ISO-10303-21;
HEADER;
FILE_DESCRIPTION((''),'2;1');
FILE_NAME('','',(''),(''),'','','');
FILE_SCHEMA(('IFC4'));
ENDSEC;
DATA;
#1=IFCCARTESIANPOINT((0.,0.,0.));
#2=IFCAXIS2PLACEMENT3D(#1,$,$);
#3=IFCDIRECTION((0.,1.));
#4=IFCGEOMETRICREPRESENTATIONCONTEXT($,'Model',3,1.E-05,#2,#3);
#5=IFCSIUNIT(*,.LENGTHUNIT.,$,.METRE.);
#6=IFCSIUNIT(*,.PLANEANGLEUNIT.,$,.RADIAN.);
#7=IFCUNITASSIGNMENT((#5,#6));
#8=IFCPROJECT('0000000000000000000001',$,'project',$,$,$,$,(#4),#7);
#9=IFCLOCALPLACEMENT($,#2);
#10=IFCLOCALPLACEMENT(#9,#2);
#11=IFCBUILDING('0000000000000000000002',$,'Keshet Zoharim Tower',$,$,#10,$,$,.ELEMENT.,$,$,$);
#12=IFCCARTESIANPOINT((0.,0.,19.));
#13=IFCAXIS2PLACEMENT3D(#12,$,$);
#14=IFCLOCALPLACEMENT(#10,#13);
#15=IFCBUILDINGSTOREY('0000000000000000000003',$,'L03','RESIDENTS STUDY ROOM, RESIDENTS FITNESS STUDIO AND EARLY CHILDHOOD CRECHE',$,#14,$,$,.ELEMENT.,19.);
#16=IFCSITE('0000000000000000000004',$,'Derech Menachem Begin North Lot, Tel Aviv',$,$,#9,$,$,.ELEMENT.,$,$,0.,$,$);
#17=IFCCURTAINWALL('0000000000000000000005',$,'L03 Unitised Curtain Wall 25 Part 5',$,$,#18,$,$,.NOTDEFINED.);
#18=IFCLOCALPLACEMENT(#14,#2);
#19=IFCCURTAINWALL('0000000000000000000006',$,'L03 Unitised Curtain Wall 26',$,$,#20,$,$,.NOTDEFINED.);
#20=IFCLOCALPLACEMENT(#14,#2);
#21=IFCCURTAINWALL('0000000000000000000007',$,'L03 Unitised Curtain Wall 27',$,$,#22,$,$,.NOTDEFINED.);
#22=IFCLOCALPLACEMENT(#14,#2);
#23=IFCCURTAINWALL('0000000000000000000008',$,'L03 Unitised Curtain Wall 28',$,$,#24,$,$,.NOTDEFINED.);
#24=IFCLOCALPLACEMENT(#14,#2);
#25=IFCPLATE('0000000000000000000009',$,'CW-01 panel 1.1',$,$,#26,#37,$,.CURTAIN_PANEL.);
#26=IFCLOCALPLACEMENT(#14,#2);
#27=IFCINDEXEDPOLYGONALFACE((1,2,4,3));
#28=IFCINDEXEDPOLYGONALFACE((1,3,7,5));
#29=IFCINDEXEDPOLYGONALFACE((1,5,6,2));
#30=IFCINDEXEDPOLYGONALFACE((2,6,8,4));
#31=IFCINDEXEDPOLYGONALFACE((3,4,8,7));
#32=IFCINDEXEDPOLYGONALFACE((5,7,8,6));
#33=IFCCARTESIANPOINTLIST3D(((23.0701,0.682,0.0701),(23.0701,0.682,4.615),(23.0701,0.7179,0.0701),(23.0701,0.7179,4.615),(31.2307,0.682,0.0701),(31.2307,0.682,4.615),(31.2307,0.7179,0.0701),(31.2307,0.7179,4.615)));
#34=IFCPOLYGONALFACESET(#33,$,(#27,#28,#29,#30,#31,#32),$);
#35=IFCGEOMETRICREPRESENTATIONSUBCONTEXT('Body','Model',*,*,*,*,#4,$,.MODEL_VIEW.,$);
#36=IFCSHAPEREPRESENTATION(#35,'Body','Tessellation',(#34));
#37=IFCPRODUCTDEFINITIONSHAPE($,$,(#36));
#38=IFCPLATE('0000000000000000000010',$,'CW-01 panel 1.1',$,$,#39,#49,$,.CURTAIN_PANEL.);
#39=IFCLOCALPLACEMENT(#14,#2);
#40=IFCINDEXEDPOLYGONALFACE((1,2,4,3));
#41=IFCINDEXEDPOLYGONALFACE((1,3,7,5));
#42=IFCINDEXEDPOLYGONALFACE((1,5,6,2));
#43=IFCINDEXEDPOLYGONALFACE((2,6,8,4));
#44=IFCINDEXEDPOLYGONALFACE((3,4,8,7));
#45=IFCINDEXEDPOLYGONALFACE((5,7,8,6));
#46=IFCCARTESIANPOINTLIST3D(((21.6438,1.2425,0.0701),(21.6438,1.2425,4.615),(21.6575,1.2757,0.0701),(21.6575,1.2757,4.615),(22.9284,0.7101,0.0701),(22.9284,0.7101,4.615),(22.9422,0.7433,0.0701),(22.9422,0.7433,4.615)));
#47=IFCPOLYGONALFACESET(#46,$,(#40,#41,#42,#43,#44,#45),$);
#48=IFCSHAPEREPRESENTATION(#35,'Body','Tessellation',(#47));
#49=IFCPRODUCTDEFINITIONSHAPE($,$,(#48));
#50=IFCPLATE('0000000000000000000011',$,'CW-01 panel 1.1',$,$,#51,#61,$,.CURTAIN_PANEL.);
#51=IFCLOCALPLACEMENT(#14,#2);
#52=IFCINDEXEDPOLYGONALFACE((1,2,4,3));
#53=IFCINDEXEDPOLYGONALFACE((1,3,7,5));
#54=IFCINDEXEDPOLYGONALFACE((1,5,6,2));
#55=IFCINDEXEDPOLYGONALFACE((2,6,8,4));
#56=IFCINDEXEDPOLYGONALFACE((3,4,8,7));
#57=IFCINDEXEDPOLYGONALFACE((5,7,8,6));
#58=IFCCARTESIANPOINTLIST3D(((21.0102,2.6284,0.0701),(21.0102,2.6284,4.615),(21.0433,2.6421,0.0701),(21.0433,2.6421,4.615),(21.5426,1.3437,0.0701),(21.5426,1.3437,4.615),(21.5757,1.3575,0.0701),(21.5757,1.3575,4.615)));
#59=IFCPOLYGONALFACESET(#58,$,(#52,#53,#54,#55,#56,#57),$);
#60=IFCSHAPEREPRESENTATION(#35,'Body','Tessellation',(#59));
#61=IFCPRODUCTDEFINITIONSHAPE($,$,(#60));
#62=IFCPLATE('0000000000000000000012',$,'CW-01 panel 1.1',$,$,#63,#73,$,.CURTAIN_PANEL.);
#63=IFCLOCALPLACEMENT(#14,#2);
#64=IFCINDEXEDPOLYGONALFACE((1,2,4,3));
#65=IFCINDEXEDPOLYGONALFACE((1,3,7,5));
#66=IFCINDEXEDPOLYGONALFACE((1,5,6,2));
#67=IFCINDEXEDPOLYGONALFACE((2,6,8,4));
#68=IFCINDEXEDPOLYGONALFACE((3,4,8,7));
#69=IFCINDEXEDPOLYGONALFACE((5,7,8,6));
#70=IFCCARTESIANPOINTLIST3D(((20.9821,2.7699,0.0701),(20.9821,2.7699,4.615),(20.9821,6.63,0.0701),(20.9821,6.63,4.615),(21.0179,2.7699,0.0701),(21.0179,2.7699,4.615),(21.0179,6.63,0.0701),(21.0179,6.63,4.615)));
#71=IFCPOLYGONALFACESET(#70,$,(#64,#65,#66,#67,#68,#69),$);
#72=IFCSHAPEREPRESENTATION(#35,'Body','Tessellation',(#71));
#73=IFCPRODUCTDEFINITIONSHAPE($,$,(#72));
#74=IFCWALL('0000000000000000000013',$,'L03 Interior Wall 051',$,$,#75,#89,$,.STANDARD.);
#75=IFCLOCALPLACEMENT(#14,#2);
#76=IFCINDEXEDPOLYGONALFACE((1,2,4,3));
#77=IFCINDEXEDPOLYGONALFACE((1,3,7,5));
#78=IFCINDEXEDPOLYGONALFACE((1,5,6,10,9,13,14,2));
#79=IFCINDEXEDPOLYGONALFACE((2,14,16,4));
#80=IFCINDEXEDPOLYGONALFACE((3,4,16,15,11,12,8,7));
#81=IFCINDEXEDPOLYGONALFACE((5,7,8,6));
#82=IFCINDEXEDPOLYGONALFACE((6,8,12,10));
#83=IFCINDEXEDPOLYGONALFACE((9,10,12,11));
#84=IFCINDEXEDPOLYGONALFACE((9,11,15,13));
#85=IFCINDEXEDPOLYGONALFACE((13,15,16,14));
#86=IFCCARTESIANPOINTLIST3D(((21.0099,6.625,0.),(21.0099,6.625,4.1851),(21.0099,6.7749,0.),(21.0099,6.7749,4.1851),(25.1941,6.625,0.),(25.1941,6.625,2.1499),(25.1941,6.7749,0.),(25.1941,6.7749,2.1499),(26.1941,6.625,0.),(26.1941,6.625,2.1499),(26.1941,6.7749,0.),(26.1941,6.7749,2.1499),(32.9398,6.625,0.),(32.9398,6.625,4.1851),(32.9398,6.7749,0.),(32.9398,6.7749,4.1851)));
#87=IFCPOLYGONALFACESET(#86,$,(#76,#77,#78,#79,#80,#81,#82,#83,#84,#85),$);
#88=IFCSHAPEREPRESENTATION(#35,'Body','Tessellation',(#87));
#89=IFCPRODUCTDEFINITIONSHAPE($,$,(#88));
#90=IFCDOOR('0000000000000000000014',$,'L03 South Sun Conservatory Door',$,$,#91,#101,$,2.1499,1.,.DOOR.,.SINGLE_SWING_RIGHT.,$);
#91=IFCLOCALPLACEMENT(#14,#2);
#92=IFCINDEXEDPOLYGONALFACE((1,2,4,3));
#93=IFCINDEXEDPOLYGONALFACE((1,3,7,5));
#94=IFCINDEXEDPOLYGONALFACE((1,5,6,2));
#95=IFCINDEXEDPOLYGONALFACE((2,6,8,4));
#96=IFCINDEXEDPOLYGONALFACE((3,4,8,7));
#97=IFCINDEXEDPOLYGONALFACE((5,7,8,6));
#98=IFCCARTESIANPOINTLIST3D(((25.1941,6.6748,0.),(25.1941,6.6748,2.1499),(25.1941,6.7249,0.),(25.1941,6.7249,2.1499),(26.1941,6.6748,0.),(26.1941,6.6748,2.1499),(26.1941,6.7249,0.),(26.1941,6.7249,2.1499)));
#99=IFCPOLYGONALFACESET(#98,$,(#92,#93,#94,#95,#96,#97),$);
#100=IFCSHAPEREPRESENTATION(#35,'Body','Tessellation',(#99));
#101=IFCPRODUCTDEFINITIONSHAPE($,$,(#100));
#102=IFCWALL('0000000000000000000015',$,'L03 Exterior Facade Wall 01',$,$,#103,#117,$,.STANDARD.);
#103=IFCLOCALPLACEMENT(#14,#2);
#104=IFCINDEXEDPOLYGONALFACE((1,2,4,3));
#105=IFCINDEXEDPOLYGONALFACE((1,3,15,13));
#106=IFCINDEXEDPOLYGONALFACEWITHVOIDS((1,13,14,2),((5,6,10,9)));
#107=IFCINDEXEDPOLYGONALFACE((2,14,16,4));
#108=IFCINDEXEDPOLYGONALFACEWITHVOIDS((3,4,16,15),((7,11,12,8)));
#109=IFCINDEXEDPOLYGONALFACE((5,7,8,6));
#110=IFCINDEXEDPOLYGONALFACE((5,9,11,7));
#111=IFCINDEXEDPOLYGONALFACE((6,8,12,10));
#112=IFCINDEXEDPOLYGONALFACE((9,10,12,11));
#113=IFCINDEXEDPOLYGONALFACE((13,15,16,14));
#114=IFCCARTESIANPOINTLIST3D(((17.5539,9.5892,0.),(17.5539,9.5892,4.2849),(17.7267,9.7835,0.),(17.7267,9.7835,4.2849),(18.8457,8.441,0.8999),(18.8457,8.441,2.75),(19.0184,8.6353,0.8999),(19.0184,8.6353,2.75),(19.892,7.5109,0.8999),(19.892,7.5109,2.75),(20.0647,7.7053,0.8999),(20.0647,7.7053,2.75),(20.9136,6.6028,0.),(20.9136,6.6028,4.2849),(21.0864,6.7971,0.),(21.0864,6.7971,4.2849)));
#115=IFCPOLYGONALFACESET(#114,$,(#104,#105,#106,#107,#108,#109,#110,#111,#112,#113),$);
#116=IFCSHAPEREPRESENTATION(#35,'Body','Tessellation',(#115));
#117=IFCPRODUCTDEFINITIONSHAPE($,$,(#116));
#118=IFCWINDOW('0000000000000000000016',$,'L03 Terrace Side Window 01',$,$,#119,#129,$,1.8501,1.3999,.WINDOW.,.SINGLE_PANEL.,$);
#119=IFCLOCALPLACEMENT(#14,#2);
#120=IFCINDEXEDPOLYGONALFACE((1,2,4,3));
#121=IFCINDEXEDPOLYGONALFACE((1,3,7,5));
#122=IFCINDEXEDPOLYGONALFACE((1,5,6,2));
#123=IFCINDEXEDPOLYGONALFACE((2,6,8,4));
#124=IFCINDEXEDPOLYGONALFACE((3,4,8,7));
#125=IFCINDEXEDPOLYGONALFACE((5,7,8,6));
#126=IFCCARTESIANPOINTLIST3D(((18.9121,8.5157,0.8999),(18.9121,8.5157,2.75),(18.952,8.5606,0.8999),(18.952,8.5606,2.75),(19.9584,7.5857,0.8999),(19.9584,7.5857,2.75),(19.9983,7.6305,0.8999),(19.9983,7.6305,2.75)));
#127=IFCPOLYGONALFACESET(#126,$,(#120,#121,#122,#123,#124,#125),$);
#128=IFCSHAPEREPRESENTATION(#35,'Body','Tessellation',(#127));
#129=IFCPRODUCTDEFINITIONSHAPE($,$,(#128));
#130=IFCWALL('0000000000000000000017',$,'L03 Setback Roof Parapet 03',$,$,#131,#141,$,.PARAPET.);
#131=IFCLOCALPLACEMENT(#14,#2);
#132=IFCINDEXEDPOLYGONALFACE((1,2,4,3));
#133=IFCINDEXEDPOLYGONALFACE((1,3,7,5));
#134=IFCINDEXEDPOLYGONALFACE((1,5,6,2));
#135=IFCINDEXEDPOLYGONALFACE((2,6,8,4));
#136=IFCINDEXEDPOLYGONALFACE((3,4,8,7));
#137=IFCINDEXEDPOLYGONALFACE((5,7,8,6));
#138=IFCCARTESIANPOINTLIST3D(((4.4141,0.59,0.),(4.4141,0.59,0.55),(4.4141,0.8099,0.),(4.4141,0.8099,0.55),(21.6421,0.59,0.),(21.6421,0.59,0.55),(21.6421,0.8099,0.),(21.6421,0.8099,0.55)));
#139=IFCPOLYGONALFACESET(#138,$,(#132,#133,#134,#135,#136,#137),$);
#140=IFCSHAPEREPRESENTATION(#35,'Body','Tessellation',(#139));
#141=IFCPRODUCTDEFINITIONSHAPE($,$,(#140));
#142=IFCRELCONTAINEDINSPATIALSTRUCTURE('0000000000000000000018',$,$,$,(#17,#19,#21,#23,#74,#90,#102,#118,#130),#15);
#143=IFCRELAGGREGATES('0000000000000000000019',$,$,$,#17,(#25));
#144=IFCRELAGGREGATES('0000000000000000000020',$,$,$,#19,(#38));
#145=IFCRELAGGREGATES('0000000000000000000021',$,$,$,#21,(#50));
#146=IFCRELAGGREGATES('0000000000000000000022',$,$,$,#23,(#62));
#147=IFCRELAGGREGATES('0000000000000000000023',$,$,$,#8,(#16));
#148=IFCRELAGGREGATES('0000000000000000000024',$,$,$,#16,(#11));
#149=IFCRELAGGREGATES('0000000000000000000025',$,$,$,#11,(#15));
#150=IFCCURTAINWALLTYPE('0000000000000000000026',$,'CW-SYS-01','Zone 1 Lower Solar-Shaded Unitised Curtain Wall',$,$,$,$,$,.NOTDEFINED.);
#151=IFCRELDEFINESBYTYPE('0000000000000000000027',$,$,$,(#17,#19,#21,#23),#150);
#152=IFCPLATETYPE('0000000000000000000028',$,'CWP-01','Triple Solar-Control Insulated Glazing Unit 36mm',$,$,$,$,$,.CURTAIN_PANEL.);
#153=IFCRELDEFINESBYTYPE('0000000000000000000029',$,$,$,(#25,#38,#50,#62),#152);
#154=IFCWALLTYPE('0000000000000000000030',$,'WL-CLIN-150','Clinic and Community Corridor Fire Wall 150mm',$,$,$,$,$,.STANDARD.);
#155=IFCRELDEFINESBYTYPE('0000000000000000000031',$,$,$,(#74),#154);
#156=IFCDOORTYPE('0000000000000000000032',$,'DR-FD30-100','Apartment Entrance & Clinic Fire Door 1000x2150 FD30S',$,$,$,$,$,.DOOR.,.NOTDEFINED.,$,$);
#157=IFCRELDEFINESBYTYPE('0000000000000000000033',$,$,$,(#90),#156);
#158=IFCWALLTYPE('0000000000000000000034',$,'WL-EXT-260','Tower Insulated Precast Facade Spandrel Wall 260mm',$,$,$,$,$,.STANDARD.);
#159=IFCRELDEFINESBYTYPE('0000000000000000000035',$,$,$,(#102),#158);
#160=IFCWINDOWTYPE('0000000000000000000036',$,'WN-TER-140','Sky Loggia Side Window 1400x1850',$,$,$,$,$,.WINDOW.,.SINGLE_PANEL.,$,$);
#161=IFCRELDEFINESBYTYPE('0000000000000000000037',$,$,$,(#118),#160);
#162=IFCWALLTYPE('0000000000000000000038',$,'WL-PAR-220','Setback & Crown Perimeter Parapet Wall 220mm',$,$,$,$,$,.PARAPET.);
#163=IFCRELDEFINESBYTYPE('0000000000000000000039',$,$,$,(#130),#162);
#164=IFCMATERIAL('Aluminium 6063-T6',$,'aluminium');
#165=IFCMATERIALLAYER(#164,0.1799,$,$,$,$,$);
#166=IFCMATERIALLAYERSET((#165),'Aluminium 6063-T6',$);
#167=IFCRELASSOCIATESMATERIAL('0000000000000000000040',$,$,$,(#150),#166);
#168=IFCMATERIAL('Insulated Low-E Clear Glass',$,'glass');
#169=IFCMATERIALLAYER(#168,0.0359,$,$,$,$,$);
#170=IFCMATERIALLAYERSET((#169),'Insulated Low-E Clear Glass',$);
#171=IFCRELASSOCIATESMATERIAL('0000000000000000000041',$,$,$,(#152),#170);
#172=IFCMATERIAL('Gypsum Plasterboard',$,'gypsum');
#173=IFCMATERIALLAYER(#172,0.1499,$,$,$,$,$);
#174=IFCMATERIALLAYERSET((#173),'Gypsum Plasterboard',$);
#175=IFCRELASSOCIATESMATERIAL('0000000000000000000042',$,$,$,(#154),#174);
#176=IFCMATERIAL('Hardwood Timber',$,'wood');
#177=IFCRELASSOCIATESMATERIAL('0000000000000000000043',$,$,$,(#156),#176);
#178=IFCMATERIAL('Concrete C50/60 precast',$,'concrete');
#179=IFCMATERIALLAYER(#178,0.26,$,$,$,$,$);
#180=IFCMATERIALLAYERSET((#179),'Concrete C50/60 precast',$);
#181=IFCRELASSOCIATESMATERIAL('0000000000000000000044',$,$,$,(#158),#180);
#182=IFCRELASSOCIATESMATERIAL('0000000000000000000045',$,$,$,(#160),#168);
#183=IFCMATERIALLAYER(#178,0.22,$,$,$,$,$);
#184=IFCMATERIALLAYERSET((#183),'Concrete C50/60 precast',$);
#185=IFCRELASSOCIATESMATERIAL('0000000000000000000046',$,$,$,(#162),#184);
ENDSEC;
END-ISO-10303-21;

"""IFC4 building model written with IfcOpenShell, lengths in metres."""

from ifc_helpers import new_model, si_unit, direction, frame, frame_2d, origin, origin_2d, place, context, subcontext, project, spatial, rectangle, extrude, material, layer, layer_set, type_object, element, fill, aggregate, save


model = new_model("IFC4")

# Units and contexts
model_context = context("Model", 3, precision=1e-05, world=origin(), true_north=direction((0.0, 1.0)))
body_context = subcontext(model_context, "Body", "Model", "MODEL_VIEW")
ifc_project = project(units=[si_unit("LENGTHUNIT", "METRE"), si_unit("PLANEANGLEUNIT", "RADIAN")], contexts=[model_context])

# Site, building, storey
site_placement = place(None, origin())
site = spatial("IfcSite", under=ifc_project, at=site_placement, Name="Derech Menachem Begin North Lot, Tel Aviv", CompositionType="ELEMENT", RefElevation=0.0)
building_placement = place(site_placement, origin())
building = spatial("IfcBuilding", under=site, at=building_placement, Name="Keshet Zoharim Tower", CompositionType="ELEMENT")
storey_placement = place(building_placement, frame((0.0, 0.0, 19.0)))
storey = spatial("IfcBuildingStorey", under=building, at=storey_placement, Name="L03", Description="RESIDENTS STUDY ROOM, RESIDENTS FITNESS STUDIO AND EARLY CHILDHOOD CRECHE", CompositionType="ELEMENT", Elevation=19.0)

# Curtain wall
ifc_material_1 = material(Name="Aluminium 6063-T6", Category="aluminium")
ifc_layer_1 = layer(ifc_material_1, 0.1799)
ifc_layer_set_1 = layer_set([ifc_layer_1], Name="Aluminium 6063-T6")
curtain_wall_type = type_object("IfcCurtainWallType", Name="CW-SYS-01", Description="Zone 1 Lower Solar-Shaded Unitised Curtain Wall", PredefinedType="NOTDEFINED", material=ifc_layer_set_1)
curtain_wall_1_placement = place(storey_placement, origin())
curtain_wall_1 = element("IfcCurtainWall", 1, at=curtain_wall_1_placement, inside=storey, type_object=curtain_wall_type, Name="L03 Unitised Curtain Wall 25 Part 5", PredefinedType="NOTDEFINED")

# Curtain walls
curtain_wall_2_placement = place(storey_placement, origin())
curtain_wall_2 = element("IfcCurtainWall", 2, at=curtain_wall_2_placement, inside=storey, type_object=curtain_wall_type, Name="L03 Unitised Curtain Wall 26", PredefinedType="NOTDEFINED")
curtain_wall_3_placement = place(storey_placement, origin())
curtain_wall_3 = element("IfcCurtainWall", 3, at=curtain_wall_3_placement, inside=storey, type_object=curtain_wall_type, Name="L03 Unitised Curtain Wall 27", PredefinedType="NOTDEFINED")
curtain_wall_4_placement = place(storey_placement, origin())
curtain_wall_4 = element("IfcCurtainWall", 4, at=curtain_wall_4_placement, inside=storey, type_object=curtain_wall_type, Name="L03 Unitised Curtain Wall 28", PredefinedType="NOTDEFINED")

# Plates
ifc_material_2 = material(Name="Insulated Low-E Clear Glass", Category="glass")
ifc_layer_2 = layer(ifc_material_2, 0.0359)
ifc_layer_set_2 = layer_set([ifc_layer_2], Name="Insulated Low-E Clear Glass")
plate_type = type_object("IfcPlateType", Name="CWP-01", Description="Triple Solar-Control Insulated Glazing Unit 36mm", PredefinedType="CURTAIN_PANEL", material=ifc_layer_set_2)
plate_1_placement = place(storey_placement, frame((27.1504, 0.7, 0.0701), z_axis=(0.0, 0.0, 1.0), x_axis=(-1.0, 0.0, 0.0)))
plate_1 = element("IfcPlate", 5, at=plate_1_placement, type_object=plate_type, Name="CW-01 panel 1.1", PredefinedType="CURTAIN_PANEL", context=body_context, shape_type="SweptSolid", body=[
    extrude(rectangle(XDim=8.1606, YDim=0.0359, at=origin_2d()), origin(), (0.0, 0.0, 1.0), 4.5449),
])
aggregate(curtain_wall_1, [plate_1])
plate_2_placement = place(storey_placement, frame((22.293, 0.9929, 0.0701), z_axis=(0.0, 0.0, 1.0), x_axis=(-0.92381, 0.382852, 0.0)))
plate_2 = element("IfcPlate", 6, at=plate_2_placement, type_object=plate_type, Name="CW-01 panel 1.1", PredefinedType="CURTAIN_PANEL", context=body_context, shape_type="SweptSolid", body=[
    extrude(rectangle(XDim=1.3906, YDim=0.0359, at=origin_2d()), origin(), (0.0, 0.0, 1.0), 4.5449),
])
aggregate(curtain_wall_2, [plate_2])
plate_3_placement = place(storey_placement, frame((21.293, 1.9929, 0.0701), z_axis=(0.0, 0.0, 1.0), x_axis=(-0.382852, 0.92381, 0.0)))
plate_3 = element("IfcPlate", 7, at=plate_3_placement, type_object=plate_type, Name="CW-01 panel 1.1", PredefinedType="CURTAIN_PANEL", context=body_context, shape_type="SweptSolid", body=[
    extrude(rectangle(XDim=1.3906, YDim=0.0359, at=origin_2d()), origin(), (0.0, 0.0, 1.0), 4.5449),
])
aggregate(curtain_wall_3, [plate_3])
plate_4_placement = place(storey_placement, frame((21.0, 4.7, 0.0701), z_axis=(0.0, 0.0, 1.0), x_axis=(0.0, 1.0, 0.0)))
plate_4 = element("IfcPlate", 8, at=plate_4_placement, type_object=plate_type, Name="CW-01 panel 1.1", PredefinedType="CURTAIN_PANEL", context=body_context, shape_type="SweptSolid", body=[
    extrude(rectangle(XDim=3.8601, YDim=0.0359, at=origin_2d()), origin(), (0.0, 0.0, 1.0), 4.5449),
])
aggregate(curtain_wall_4, [plate_4])

# Wall, opening, door
ifc_material_3 = material(Name="Gypsum Plasterboard", Category="gypsum")
ifc_layer_3 = layer(ifc_material_3, 0.1499)
ifc_layer_set_3 = layer_set([ifc_layer_3], Name="Gypsum Plasterboard")
wall_type_1 = type_object("IfcWallType", Name="WL-CLIN-150", Description="Clinic and Community Corridor Fire Wall 150mm", PredefinedType="STANDARD", material=ifc_layer_set_3)
wall_1_placement = place(storey_placement, frame((21.01, 6.7, 0.0), z_axis=(0.0, 0.0, 1.0), x_axis=(1.0, 0.0, 0.0)))
wall_1 = element("IfcWall", 9, at=wall_1_placement, inside=storey, type_object=wall_type_1, Name="L03 Interior Wall 051", PredefinedType="STANDARD", context=body_context, shape_type="SweptSolid", body=[
    extrude(rectangle(XDim=11.9299, YDim=0.1499, at=frame_2d((5.9648, 0.0))), origin(), (0.0, 0.0, 1.0), 4.1851),
])
opening_1_placement = place(wall_1_placement, frame((4.1841, 0.0, 0.0)))
opening_1 = element("IfcOpeningElement", 10, at=opening_1_placement, cuts=wall_1, PredefinedType="OPENING", context=body_context, shape_type="SweptSolid", body=[
    extrude(rectangle(XDim=1.0, YDim=2.1499, at=frame_2d((0.5, 1.075))), frame((0.0, 0.085, 0.0), z_axis=(0.0, -1.0, 0.0), x_axis=(1.0, 0.0, 0.0)), (0.0, 0.0, 1.0), 0.1699),
])
ifc_material_4 = material(Name="Hardwood Timber", Category="wood")
door_type = type_object("IfcDoorType", Name="DR-FD30-100", Description="Apartment Entrance & Clinic Fire Door 1000x2150 FD30S", OperationType="NOTDEFINED", PredefinedType="DOOR", material=ifc_material_4)
door_placement = place(opening_1_placement, origin())
door = element("IfcDoor", 11, at=door_placement, inside=storey, type_object=door_type, Name="L03 South Sun Conservatory Door", OperationType="SINGLE_SWING_RIGHT", OverallHeight=2.1499, OverallWidth=1.0, PredefinedType="DOOR", context=body_context, shape_type="SweptSolid", body=[
    extrude(rectangle(XDim=1.0, YDim=2.1499, at=frame_2d((0.5, 1.075))), frame((0.0, 0.0249, 0.0), z_axis=(0.0, -1.0, 0.0), x_axis=(1.0, 0.0, 0.0)), (0.0, 0.0, 1.0), 0.05),
])
fill(opening_1, door)

# Wall, opening, window
ifc_material_5 = material(Name="Concrete C50/60 precast", Category="concrete")
ifc_layer_4 = layer(ifc_material_5, 0.26)
ifc_layer_set_4 = layer_set([ifc_layer_4], Name="Concrete C50/60 precast")
wall_type_2 = type_object("IfcWallType", Name="WL-EXT-260", Description="Tower Insulated Precast Facade Spandrel Wall 260mm", PredefinedType="STANDARD", material=ifc_layer_set_4)
wall_2_placement = place(storey_placement, frame((21.0, 6.7, 0.0), z_axis=(0.0, 0.0, 1.0), x_axis=(-0.747409, 0.664364, 0.0)))
wall_2 = element("IfcWall", 12, at=wall_2_placement, inside=storey, type_object=wall_type_2, Name="L03 Exterior Facade Wall 01", PredefinedType="STANDARD", context=body_context, shape_type="SweptSolid", body=[
    extrude(rectangle(XDim=4.4951, YDim=0.26, at=frame_2d((2.2476, 0.0))), origin(), (0.0, 0.0, 1.0), 4.2849),
])
opening_2_placement = place(wall_2_placement, frame((1.3669, 0.0, 0.8999)))
opening_2 = element("IfcOpeningElement", 13, at=opening_2_placement, cuts=wall_2, PredefinedType="OPENING", context=body_context, shape_type="SweptSolid", body=[
    extrude(rectangle(XDim=1.3999, YDim=1.8501, at=frame_2d((0.7, 0.925))), frame((0.0, 0.1401, 0.0), z_axis=(0.0, -1.0, 0.0), x_axis=(1.0, 0.0, 0.0)), (0.0, 0.0, 1.0), 0.28),
])
window_type = type_object("IfcWindowType", Name="WN-TER-140", Description="Sky Loggia Side Window 1400x1850", PartitioningType="SINGLE_PANEL", PredefinedType="WINDOW", material=ifc_material_2)
window_placement = place(opening_2_placement, origin())
window = element("IfcWindow", 14, at=window_placement, inside=storey, type_object=window_type, Name="L03 Terrace Side Window 01", OverallHeight=1.8501, OverallWidth=1.3999, PartitioningType="SINGLE_PANEL", PredefinedType="WINDOW", context=body_context, shape_type="SweptSolid", body=[
    extrude(rectangle(XDim=1.3999, YDim=1.8501, at=frame_2d((0.7, 0.925))), frame((0.0, 0.03, 0.0), z_axis=(0.0, -1.0, 0.0), x_axis=(1.0, 0.0, 0.0)), (0.0, 0.0, 1.0), 0.0601),
])
fill(opening_2, window)

# Wall
ifc_layer_5 = layer(ifc_material_5, 0.22)
ifc_layer_set_5 = layer_set([ifc_layer_5], Name="Concrete C50/60 precast")
wall_type_3 = type_object("IfcWallType", Name="WL-PAR-220", Description="Setback & Crown Perimeter Parapet Wall 220mm", PredefinedType="PARAPET", material=ifc_layer_set_5)
wall_3_placement = place(storey_placement, frame((21.6421, 0.7, 0.0), z_axis=(0.0, 0.0, 1.0), x_axis=(-1.0, 0.0, 0.0)))
element("IfcWall", 15, at=wall_3_placement, inside=storey, type_object=wall_type_3, Name="L03 Setback Roof Parapet 03", PredefinedType="PARAPET", context=body_context, shape_type="SweptSolid", body=[
    extrude(rectangle(XDim=17.228, YDim=0.22, at=frame_2d((8.614, 0.0))), origin(), (0.0, 0.0, 1.0), 0.55),
])

save(model, "model.ifc")
